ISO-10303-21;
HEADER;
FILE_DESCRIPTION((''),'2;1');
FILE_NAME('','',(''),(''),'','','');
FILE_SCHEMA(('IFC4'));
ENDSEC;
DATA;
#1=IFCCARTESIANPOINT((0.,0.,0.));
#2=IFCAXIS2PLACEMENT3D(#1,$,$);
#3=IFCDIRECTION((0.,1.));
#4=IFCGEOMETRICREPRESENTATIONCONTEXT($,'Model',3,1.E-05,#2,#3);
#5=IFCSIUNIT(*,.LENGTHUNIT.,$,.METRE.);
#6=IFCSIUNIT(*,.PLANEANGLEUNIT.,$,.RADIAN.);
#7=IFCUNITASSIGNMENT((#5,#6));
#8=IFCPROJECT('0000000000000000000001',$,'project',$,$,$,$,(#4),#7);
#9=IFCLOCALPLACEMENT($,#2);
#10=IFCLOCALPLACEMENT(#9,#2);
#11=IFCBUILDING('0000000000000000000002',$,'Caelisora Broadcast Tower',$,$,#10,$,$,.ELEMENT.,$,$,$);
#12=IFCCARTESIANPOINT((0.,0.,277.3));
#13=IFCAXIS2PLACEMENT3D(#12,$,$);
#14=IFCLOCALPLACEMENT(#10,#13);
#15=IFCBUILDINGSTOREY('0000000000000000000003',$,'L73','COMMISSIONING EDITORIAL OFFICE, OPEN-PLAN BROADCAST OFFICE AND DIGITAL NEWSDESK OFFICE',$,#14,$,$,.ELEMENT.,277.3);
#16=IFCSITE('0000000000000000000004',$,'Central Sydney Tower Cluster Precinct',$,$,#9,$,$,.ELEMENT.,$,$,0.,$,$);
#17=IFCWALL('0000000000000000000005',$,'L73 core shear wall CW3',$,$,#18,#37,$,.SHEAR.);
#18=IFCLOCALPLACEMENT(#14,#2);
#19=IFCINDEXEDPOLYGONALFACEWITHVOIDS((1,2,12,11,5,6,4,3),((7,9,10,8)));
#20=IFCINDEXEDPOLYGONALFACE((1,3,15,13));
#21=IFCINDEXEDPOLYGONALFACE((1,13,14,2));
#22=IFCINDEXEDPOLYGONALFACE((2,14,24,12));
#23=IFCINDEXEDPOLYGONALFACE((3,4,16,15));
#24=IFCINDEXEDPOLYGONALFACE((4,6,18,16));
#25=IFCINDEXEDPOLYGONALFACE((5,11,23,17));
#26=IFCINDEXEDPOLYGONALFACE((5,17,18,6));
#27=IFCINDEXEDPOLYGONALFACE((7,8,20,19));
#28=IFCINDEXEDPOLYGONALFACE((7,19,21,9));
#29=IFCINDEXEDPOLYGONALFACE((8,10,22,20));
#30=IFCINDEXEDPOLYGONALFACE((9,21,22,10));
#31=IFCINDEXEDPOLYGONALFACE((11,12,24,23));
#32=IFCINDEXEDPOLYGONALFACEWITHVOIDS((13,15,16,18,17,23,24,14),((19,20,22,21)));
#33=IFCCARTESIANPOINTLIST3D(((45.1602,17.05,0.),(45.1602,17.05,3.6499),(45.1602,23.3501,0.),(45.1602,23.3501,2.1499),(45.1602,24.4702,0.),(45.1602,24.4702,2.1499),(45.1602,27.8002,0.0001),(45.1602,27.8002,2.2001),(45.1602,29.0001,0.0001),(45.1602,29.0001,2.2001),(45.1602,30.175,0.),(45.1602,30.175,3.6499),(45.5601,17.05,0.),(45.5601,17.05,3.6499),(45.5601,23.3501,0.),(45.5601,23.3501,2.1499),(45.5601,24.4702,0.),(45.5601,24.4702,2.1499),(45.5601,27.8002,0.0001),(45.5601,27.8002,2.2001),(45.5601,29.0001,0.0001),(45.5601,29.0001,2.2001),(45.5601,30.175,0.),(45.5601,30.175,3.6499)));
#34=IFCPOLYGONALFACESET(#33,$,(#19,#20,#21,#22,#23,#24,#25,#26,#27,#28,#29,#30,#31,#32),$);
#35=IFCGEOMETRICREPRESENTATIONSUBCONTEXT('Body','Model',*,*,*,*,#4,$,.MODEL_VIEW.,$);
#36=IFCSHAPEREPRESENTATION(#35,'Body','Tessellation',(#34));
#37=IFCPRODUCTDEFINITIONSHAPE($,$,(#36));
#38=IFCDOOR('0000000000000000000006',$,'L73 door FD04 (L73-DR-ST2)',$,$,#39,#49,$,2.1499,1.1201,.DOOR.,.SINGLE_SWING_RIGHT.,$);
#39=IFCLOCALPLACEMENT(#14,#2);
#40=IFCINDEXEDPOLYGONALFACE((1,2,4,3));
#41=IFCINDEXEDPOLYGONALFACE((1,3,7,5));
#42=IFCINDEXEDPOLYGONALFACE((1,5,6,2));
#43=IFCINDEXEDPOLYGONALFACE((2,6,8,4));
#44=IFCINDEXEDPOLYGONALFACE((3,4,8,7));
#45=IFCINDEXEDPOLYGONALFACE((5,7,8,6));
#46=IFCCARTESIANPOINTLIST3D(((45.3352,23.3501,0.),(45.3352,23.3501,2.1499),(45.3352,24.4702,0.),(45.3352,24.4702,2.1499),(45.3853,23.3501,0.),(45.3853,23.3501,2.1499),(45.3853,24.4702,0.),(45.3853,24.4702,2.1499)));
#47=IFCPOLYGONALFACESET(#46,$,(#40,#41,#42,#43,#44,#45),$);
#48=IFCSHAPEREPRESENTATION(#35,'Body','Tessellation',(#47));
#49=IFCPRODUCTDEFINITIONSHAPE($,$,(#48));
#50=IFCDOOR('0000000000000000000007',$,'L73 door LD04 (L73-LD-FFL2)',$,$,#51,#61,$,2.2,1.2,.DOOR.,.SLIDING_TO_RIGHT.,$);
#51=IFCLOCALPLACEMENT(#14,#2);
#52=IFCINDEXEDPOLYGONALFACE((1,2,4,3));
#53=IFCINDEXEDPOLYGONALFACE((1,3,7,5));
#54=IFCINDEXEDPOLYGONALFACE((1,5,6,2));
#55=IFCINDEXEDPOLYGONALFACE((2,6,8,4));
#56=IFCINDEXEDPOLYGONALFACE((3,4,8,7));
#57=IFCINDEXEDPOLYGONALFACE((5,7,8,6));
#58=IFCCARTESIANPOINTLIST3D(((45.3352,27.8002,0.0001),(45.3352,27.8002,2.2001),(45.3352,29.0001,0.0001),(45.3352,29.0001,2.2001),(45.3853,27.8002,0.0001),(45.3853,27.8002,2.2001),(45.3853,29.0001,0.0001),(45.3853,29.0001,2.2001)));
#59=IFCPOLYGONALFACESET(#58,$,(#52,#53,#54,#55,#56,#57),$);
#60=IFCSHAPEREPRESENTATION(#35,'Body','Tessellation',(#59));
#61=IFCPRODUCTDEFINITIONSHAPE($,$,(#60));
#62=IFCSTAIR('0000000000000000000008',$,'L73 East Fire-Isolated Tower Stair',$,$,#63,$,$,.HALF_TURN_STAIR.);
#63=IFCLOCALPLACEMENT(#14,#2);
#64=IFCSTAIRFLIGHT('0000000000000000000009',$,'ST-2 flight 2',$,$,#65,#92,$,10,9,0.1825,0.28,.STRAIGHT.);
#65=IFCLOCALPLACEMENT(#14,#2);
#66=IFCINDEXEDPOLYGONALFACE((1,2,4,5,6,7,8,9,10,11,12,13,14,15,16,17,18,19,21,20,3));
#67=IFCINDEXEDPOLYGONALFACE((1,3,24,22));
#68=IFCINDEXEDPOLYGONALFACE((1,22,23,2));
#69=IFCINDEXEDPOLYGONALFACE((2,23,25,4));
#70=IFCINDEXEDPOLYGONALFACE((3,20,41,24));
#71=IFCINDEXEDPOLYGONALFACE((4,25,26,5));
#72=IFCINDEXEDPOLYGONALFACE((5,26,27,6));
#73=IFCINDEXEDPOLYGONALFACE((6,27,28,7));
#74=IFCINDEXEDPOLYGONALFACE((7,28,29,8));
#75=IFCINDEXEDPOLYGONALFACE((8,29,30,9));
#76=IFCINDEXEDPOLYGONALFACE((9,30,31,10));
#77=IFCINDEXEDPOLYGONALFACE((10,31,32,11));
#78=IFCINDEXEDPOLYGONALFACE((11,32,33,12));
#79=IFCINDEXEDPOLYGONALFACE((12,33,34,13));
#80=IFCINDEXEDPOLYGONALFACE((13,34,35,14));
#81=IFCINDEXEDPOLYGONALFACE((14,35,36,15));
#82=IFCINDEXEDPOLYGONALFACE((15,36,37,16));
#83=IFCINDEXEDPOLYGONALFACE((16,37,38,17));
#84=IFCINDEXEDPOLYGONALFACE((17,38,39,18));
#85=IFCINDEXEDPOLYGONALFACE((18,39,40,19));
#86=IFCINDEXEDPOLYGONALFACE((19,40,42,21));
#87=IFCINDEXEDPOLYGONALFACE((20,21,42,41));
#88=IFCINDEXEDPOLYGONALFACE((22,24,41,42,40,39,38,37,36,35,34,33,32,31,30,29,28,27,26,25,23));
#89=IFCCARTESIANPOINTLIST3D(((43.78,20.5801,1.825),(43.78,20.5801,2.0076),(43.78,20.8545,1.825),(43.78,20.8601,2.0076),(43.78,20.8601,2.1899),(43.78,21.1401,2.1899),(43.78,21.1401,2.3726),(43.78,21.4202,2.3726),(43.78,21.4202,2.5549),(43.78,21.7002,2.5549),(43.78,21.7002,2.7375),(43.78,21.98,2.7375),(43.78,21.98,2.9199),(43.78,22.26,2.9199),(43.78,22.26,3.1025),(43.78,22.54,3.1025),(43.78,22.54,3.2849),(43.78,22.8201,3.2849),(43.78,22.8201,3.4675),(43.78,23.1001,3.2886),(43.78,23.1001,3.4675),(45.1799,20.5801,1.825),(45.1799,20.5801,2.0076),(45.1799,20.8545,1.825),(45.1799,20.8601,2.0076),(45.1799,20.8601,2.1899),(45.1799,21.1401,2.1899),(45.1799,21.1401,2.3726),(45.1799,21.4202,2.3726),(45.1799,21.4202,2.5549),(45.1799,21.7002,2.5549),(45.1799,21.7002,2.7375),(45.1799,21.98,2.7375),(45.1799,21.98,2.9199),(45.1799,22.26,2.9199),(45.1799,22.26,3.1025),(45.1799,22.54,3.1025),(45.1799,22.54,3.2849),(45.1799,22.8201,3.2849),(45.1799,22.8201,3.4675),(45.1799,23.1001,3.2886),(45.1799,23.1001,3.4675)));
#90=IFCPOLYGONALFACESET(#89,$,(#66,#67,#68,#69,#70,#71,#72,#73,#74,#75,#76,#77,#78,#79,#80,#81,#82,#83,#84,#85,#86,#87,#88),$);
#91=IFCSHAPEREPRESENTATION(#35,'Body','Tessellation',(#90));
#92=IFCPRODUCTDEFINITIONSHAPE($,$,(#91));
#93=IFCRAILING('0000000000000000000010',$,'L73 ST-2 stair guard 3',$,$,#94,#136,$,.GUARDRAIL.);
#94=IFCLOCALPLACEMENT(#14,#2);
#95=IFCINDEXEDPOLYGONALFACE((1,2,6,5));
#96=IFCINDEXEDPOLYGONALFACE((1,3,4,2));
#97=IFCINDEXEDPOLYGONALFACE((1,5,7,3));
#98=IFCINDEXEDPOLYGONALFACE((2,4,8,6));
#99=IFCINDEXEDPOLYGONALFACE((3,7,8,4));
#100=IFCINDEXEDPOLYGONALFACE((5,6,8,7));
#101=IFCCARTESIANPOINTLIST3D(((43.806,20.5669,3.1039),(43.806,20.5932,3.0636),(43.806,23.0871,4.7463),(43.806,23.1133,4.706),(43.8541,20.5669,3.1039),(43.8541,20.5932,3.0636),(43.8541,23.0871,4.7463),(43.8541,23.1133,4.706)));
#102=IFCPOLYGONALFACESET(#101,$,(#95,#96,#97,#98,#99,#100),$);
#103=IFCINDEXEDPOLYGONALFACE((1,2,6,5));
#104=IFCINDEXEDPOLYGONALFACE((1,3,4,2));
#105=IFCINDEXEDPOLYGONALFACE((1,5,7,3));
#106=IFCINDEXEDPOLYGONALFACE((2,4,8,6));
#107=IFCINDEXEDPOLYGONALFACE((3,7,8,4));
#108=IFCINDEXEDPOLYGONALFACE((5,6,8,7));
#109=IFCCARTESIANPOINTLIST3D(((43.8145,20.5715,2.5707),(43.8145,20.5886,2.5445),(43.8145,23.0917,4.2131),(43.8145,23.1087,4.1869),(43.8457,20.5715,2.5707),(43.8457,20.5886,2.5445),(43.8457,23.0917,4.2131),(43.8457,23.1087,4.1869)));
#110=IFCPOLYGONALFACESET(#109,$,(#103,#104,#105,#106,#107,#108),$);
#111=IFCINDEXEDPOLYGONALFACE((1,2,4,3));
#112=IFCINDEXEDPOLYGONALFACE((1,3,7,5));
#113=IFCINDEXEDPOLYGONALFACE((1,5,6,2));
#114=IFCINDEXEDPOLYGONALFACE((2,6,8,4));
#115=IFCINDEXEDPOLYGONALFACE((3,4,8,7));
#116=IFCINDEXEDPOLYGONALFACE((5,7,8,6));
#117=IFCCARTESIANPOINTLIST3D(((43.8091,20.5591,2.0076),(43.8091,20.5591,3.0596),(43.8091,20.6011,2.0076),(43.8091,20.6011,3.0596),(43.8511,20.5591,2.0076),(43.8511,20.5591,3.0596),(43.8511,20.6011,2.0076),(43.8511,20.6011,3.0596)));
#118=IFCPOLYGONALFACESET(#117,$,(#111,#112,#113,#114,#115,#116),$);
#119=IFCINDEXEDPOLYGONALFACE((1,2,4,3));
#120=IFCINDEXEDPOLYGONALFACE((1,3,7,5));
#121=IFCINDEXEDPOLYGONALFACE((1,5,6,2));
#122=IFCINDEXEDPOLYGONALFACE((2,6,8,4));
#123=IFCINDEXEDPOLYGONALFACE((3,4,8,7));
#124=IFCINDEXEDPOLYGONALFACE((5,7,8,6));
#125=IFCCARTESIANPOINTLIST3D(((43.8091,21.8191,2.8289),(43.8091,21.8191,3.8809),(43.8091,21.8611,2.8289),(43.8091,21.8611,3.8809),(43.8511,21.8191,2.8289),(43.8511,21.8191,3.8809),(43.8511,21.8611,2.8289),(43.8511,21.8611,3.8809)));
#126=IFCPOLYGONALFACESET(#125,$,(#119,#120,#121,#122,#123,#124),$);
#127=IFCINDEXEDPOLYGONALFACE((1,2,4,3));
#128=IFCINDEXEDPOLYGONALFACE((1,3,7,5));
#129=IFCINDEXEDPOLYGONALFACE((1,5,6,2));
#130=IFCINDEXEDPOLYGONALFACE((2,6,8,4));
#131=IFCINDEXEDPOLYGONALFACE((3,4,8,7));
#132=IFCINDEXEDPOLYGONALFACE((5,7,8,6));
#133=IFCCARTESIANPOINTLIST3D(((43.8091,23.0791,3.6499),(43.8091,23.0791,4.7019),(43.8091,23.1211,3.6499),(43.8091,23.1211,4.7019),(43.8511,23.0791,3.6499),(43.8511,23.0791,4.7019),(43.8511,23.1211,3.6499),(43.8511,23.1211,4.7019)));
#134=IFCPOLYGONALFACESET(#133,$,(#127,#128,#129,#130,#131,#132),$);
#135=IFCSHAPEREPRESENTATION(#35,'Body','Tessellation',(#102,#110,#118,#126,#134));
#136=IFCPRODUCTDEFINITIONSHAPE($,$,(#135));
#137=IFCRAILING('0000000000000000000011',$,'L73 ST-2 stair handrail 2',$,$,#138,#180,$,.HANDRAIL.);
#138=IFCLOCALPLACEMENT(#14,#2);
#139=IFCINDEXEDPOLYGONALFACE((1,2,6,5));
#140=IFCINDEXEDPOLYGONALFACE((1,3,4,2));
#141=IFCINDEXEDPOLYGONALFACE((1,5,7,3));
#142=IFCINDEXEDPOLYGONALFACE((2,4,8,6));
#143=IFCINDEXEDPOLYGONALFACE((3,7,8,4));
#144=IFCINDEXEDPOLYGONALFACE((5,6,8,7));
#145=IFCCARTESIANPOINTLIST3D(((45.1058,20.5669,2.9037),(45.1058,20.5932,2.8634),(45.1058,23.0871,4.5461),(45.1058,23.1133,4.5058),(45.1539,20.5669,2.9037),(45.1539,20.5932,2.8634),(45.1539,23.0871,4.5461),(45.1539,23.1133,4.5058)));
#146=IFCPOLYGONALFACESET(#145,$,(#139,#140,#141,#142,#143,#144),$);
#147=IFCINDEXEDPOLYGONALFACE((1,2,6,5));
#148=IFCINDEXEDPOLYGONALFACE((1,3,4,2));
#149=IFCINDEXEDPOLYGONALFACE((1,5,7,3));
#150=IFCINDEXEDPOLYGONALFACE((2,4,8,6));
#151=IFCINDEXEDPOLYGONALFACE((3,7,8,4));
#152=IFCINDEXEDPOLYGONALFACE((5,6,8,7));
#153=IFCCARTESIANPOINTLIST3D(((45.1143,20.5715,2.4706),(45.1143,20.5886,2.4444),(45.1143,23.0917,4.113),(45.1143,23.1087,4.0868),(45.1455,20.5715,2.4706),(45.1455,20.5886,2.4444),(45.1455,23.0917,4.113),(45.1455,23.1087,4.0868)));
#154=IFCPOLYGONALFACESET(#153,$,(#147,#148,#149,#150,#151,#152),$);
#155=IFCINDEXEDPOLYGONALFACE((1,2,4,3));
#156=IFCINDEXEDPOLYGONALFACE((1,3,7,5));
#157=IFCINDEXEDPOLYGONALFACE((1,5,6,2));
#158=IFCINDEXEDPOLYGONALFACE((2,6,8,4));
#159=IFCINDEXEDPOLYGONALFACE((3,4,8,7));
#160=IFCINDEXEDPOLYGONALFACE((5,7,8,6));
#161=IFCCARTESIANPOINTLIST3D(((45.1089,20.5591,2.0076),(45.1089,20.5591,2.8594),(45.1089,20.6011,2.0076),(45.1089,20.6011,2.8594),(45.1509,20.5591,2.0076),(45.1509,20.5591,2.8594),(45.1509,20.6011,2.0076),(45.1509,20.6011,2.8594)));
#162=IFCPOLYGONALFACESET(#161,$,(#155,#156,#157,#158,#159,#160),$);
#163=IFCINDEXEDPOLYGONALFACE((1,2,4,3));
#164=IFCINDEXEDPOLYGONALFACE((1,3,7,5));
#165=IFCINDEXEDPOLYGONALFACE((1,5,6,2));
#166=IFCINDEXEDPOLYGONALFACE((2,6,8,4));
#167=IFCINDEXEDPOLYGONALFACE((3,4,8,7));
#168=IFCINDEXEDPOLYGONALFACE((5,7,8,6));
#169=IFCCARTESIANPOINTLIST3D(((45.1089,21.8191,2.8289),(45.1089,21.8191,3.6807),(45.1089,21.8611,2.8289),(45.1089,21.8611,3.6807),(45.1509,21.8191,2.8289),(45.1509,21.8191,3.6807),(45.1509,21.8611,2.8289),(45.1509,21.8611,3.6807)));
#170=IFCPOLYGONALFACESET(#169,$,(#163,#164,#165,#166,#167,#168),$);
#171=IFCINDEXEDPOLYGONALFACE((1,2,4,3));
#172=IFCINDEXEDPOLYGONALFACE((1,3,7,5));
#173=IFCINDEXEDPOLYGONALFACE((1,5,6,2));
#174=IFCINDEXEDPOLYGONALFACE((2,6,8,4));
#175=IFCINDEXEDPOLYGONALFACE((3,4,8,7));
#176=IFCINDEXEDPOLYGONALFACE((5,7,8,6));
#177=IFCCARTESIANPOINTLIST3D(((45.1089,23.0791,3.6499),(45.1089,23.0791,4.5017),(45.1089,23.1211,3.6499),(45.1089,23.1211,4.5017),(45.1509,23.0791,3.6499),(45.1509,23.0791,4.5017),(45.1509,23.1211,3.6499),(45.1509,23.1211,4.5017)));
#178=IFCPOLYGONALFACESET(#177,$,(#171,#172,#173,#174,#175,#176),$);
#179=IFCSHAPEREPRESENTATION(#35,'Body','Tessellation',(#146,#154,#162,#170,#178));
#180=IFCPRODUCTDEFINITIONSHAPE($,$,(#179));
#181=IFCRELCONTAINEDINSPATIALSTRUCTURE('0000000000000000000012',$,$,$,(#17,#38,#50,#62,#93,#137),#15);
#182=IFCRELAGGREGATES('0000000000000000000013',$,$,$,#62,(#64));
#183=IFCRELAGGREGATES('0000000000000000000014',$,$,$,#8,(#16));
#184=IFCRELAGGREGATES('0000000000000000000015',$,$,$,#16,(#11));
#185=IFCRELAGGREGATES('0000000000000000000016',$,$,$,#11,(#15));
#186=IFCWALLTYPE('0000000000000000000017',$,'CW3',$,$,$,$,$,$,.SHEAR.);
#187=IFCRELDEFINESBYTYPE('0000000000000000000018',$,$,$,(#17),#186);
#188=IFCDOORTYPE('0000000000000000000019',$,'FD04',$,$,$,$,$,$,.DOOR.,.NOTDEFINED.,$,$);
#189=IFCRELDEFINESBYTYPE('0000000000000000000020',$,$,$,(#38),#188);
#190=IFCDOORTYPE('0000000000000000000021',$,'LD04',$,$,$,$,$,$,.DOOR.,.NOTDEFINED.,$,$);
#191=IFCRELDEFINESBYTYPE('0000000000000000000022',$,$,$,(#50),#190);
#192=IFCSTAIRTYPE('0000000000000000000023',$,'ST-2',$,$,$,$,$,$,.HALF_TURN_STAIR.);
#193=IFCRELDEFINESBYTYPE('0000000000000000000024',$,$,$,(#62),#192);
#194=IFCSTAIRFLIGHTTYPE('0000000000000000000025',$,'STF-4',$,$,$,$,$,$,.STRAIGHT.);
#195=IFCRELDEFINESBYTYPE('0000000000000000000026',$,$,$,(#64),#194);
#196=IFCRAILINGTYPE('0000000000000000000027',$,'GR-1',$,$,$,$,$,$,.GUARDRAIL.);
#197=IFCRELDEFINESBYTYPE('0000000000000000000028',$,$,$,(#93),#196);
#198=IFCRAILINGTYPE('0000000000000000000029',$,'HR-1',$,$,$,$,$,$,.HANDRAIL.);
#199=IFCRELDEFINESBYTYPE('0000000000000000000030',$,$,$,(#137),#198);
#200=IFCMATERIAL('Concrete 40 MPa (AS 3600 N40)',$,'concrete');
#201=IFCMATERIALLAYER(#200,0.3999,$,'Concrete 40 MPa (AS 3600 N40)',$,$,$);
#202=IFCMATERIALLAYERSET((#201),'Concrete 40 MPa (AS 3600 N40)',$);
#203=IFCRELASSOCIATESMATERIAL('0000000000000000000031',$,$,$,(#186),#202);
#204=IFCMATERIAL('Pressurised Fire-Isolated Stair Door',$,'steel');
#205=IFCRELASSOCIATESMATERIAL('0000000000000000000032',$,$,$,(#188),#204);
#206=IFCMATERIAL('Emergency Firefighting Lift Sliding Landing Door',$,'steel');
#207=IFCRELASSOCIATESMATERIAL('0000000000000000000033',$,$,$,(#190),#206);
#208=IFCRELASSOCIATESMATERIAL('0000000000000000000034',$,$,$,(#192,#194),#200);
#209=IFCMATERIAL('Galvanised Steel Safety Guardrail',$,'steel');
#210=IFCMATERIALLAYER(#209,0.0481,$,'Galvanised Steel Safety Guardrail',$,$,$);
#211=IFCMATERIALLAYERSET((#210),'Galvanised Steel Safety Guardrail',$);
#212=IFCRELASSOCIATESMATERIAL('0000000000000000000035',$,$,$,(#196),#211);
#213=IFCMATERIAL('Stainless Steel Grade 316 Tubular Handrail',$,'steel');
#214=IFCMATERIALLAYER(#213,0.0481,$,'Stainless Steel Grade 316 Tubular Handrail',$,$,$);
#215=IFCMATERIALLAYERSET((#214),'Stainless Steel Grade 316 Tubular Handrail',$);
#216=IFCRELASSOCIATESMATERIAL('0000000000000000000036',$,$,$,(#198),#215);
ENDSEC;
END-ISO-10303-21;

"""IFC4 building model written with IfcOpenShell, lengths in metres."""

from ifc_helpers import new_model, si_unit, direction, frame, frame_2d, origin, origin_2d, place, context, subcontext, project, spatial, polyline, rectangle, outline, extrude, material, layer, layer_set, type_object, element, fill, aggregate, save


model = new_model("IFC4")

# Units and contexts
model_context = context("Model", 3, precision=1e-05, world=origin(), true_north=direction((0.0, 1.0)))
body_context = subcontext(model_context, "Body", "Model", "MODEL_VIEW")
ifc_project = project(units=[si_unit("LENGTHUNIT", "METRE"), si_unit("PLANEANGLEUNIT", "RADIAN")], contexts=[model_context])

# Site, building, storey
site_placement = place(None, origin())
site = spatial("IfcSite", under=ifc_project, at=site_placement, Name="Central Sydney Tower Cluster Precinct", CompositionType="ELEMENT", RefElevation=0.0)
building_placement = place(site_placement, origin())
building = spatial("IfcBuilding", under=site, at=building_placement, Name="Caelisora Broadcast Tower", CompositionType="ELEMENT")
storey_placement = place(building_placement, frame((0.0, 0.0, 277.3)))
storey = spatial("IfcBuildingStorey", under=building, at=storey_placement, Name="L73", Description="COMMISSIONING EDITORIAL OFFICE, OPEN-PLAN BROADCAST OFFICE AND DIGITAL NEWSDESK OFFICE", CompositionType="ELEMENT", Elevation=277.3)

# Wall, openings, doors
ifc_material_1 = material(Name="Concrete 40 MPa (AS 3600 N40)", Category="concrete")
ifc_layer_1 = layer(ifc_material_1, 0.3999, Name="Concrete 40 MPa (AS 3600 N40)")
ifc_layer_set_1 = layer_set([ifc_layer_1], Name="Concrete 40 MPa (AS 3600 N40)")
wall_type = type_object("IfcWallType", Name="CW3", PredefinedType="SHEAR", material=ifc_layer_set_1)
wall_placement = place(storey_placement, frame((45.3601, 17.05, 0.0), z_axis=(0.0, 0.0, 1.0), x_axis=(0.0, 1.0, 0.0)))
wall = element("IfcWall", 1, at=wall_placement, inside=storey, type_object=wall_type, Name="L73 core shear wall CW3", PredefinedType="SHEAR", context=body_context, shape_type="SweptSolid", body=[
    extrude(rectangle(XDim=13.125, YDim=0.3999, at=frame_2d((6.5625, 0.0))), origin(), (0.0, 0.0, 1.0), 3.6499),
])
opening_1_placement = place(wall_placement, frame((6.3, 0.0, 0.0)))
opening_1 = element("IfcOpeningElement", 2, at=opening_1_placement, cuts=wall, PredefinedType="OPENING", context=body_context, shape_type="SweptSolid", body=[
    extrude(rectangle(XDim=1.1201, YDim=2.1499, at=frame_2d((0.5601, 1.075))), frame((0.0, 0.2119, 0.0), z_axis=(0.0, -1.0, 0.0), x_axis=(1.0, 0.0, 0.0)), (0.0, 0.0, 1.0), 0.4238),
])
opening_2_placement = place(wall_placement, frame((10.75, 0.0, 0.0)))
opening_2 = element("IfcOpeningElement", 3, at=opening_2_placement, cuts=wall, PredefinedType="OPENING", context=body_context, shape_type="SweptSolid", body=[
    extrude(rectangle(XDim=1.2, YDim=2.2, at=frame_2d((0.6001, 1.1001))), frame((0.0, 0.2119, 0.0), z_axis=(0.0, -1.0, 0.0), x_axis=(1.0, 0.0, 0.0)), (0.0, 0.0, 1.0), 0.4238),
])
ifc_material_2 = material(Name="Pressurised Fire-Isolated Stair Door", Category="steel")
door_type_1 = type_object("IfcDoorType", Name="FD04", OperationType="NOTDEFINED", PredefinedType="DOOR", material=ifc_material_2)
door_1_placement = place(opening_1_placement, origin())
door_1 = element("IfcDoor", 4, at=door_1_placement, inside=storey, type_object=door_type_1, Name="L73 door FD04 (L73-DR-ST2)", OperationType="SINGLE_SWING_RIGHT", OverallHeight=2.1499, OverallWidth=1.1201, PredefinedType="DOOR", context=body_context, shape_type="SweptSolid", body=[
    extrude(rectangle(XDim=1.1201, YDim=2.1499, at=frame_2d((0.5601, 1.075))), frame((0.0, 0.0249, 0.0), z_axis=(0.0, -1.0, 0.0), x_axis=(1.0, 0.0, 0.0)), (0.0, 0.0, 1.0), 0.05),
])
fill(opening_1, door_1)
ifc_material_3 = material(Name="Emergency Firefighting Lift Sliding Landing Door", Category="steel")
door_type_2 = type_object("IfcDoorType", Name="LD04", OperationType="NOTDEFINED", PredefinedType="DOOR", material=ifc_material_3)
door_2_placement = place(opening_2_placement, origin())
door_2 = element("IfcDoor", 5, at=door_2_placement, inside=storey, type_object=door_type_2, Name="L73 door LD04 (L73-LD-FFL2)", OperationType="SLIDING_TO_RIGHT", OverallHeight=2.2, OverallWidth=1.2, PredefinedType="DOOR", context=body_context, shape_type="SweptSolid", body=[
    extrude(rectangle(XDim=1.2, YDim=2.2, at=frame_2d((0.6001, 1.1001))), frame((0.0, 0.0249, 0.0), z_axis=(0.0, -1.0, 0.0), x_axis=(1.0, 0.0, 0.0)), (0.0, 0.0, 1.0), 0.05),
])
fill(opening_2, door_2)

# Stair, stair flight
stair_type = type_object("IfcStairType", Name="ST-2", PredefinedType="HALF_TURN_STAIR", material=ifc_material_1)
stair_placement = place(storey_placement, origin())
stair = element("IfcStair", 6, at=stair_placement, inside=storey, type_object=stair_type, Name="L73 East Fire-Isolated Tower Stair", PredefinedType="HALF_TURN_STAIR")
stair_flight_type = type_object("IfcStairFlightType", Name="STF-4", PredefinedType="STRAIGHT", material=ifc_material_1)
stair_flight_placement = place(storey_placement, frame((44.48, 20.5801, 1.825), z_axis=(0.0, 0.0, 1.0), x_axis=(0.0, 1.0, 0.0)))
stair_flight = element("IfcStairFlight", 7, at=stair_flight_placement, type_object=stair_flight_type, Name="ST-2 flight 2", NumberOfRisers=10, NumberOfTreads=9, PredefinedType="STRAIGHT", RiserHeight=0.1825, TreadLength=0.28, context=body_context, shape_type="SweptSolid", body=[
    extrude(outline(polyline([(0.0, 0.0), (0.0, 0.1826), (0.28, 0.1826), (0.28, 0.365), (0.5601, 0.365), (0.5601, 0.5476), (0.8401, 0.5476), (0.8401, 0.73), (1.1201, 0.73), (1.1201, 0.9126), (1.3999, 0.9126), (1.3999, 1.095), (1.6799, 1.095), (1.6799, 1.2776), (1.96, 1.2776), (1.96, 1.46), (2.24, 1.46), (2.24, 1.6426), (2.52, 1.6426), (2.52, 1.825), (2.52, 1.4636), (0.2744, 0.0), (0.0, 0.0)])), frame((0.0, 0.7, 0.0), z_axis=(0.0, -1.0, 0.0), x_axis=(1.0, 0.0, 0.0)), (0.0, 0.0, 1.0), 1.3999),
])
aggregate(stair, [stair_flight])

# Railings
ifc_material_4 = material(Name="Galvanised Steel Safety Guardrail", Category="steel")
ifc_layer_2 = layer(ifc_material_4, 0.0481, Name="Galvanised Steel Safety Guardrail")
ifc_layer_set_2 = layer_set([ifc_layer_2], Name="Galvanised Steel Safety Guardrail")
railing_type_1 = type_object("IfcRailingType", Name="GR-1", PredefinedType="GUARDRAIL", material=ifc_layer_set_2)
railing_1_placement = place(storey_placement, frame((43.8301, 20.5801, 2.0076)))
element("IfcRailing", 8, at=railing_1_placement, inside=storey, type_object=railing_type_1, Name="L73 ST-2 stair guard 3", PredefinedType="GUARDRAIL", context=body_context, shape_type="SweptSolid", body=[
    extrude(rectangle(XDim=0.0481, YDim=0.0481, at=origin_2d()), frame((0.0, 0.0, 1.0762), z_axis=(0.0, 0.837787, 0.545998), x_axis=(-1.0, 0.0, 0.0)), (0.0, 0.0, 1.0), 3.0081),
    extrude(rectangle(XDim=0.0312, YDim=0.0312, at=origin_2d()), frame((0.0, 0.0, 0.55), z_axis=(0.0, 0.837787, 0.545998), x_axis=(-1.0, 0.0, 0.0)), (0.0, 0.0, 1.0), 3.0081),
    extrude(rectangle(XDim=0.042, YDim=0.042, at=origin_2d()), origin(), (0.0, 0.0, 1.0), 1.052),
    extrude(rectangle(XDim=0.042, YDim=0.042, at=origin_2d()), frame((0.0, 1.26, 0.8213)), (0.0, 0.0, 1.0), 1.052),
    extrude(rectangle(XDim=0.042, YDim=0.042, at=origin_2d()), frame((0.0, 2.52, 1.6423)), (0.0, 0.0, 1.0), 1.052),
])
ifc_material_5 = material(Name="Stainless Steel Grade 316 Tubular Handrail", Category="steel")
ifc_layer_3 = layer(ifc_material_5, 0.0481, Name="Stainless Steel Grade 316 Tubular Handrail")
ifc_layer_set_3 = layer_set([ifc_layer_3], Name="Stainless Steel Grade 316 Tubular Handrail")
railing_type_2 = type_object("IfcRailingType", Name="HR-1", PredefinedType="HANDRAIL", material=ifc_layer_set_3)
railing_2_placement = place(storey_placement, frame((45.1299, 20.5801, 2.0076)))
element("IfcRailing", 9, at=railing_2_placement, inside=storey, type_object=railing_type_2, Name="L73 ST-2 stair handrail 2", PredefinedType="HANDRAIL", context=body_context, shape_type="SweptSolid", body=[
    extrude(rectangle(XDim=0.0481, YDim=0.0481, at=origin_2d()), frame((0.0, 0.0, 0.876), z_axis=(0.0, 0.837787, 0.545998), x_axis=(-1.0, 0.0, 0.0)), (0.0, 0.0, 1.0), 3.0081),
    extrude(rectangle(XDim=0.0312, YDim=0.0312, at=origin_2d()), frame((0.0, 0.0, 0.45), z_axis=(0.0, 0.837787, 0.545998), x_axis=(-1.0, 0.0, 0.0)), (0.0, 0.0, 1.0), 3.0081),
    extrude(rectangle(XDim=0.042, YDim=0.042, at=origin_2d()), origin(), (0.0, 0.0, 1.0), 0.8518),
    extrude(rectangle(XDim=0.042, YDim=0.042, at=origin_2d()), frame((0.0, 1.26, 0.8213)), (0.0, 0.0, 1.0), 0.8518),
    extrude(rectangle(XDim=0.042, YDim=0.042, at=origin_2d()), frame((0.0, 2.52, 1.6423)), (0.0, 0.0, 1.0), 0.8518),
])

save(model, "model.ifc")
